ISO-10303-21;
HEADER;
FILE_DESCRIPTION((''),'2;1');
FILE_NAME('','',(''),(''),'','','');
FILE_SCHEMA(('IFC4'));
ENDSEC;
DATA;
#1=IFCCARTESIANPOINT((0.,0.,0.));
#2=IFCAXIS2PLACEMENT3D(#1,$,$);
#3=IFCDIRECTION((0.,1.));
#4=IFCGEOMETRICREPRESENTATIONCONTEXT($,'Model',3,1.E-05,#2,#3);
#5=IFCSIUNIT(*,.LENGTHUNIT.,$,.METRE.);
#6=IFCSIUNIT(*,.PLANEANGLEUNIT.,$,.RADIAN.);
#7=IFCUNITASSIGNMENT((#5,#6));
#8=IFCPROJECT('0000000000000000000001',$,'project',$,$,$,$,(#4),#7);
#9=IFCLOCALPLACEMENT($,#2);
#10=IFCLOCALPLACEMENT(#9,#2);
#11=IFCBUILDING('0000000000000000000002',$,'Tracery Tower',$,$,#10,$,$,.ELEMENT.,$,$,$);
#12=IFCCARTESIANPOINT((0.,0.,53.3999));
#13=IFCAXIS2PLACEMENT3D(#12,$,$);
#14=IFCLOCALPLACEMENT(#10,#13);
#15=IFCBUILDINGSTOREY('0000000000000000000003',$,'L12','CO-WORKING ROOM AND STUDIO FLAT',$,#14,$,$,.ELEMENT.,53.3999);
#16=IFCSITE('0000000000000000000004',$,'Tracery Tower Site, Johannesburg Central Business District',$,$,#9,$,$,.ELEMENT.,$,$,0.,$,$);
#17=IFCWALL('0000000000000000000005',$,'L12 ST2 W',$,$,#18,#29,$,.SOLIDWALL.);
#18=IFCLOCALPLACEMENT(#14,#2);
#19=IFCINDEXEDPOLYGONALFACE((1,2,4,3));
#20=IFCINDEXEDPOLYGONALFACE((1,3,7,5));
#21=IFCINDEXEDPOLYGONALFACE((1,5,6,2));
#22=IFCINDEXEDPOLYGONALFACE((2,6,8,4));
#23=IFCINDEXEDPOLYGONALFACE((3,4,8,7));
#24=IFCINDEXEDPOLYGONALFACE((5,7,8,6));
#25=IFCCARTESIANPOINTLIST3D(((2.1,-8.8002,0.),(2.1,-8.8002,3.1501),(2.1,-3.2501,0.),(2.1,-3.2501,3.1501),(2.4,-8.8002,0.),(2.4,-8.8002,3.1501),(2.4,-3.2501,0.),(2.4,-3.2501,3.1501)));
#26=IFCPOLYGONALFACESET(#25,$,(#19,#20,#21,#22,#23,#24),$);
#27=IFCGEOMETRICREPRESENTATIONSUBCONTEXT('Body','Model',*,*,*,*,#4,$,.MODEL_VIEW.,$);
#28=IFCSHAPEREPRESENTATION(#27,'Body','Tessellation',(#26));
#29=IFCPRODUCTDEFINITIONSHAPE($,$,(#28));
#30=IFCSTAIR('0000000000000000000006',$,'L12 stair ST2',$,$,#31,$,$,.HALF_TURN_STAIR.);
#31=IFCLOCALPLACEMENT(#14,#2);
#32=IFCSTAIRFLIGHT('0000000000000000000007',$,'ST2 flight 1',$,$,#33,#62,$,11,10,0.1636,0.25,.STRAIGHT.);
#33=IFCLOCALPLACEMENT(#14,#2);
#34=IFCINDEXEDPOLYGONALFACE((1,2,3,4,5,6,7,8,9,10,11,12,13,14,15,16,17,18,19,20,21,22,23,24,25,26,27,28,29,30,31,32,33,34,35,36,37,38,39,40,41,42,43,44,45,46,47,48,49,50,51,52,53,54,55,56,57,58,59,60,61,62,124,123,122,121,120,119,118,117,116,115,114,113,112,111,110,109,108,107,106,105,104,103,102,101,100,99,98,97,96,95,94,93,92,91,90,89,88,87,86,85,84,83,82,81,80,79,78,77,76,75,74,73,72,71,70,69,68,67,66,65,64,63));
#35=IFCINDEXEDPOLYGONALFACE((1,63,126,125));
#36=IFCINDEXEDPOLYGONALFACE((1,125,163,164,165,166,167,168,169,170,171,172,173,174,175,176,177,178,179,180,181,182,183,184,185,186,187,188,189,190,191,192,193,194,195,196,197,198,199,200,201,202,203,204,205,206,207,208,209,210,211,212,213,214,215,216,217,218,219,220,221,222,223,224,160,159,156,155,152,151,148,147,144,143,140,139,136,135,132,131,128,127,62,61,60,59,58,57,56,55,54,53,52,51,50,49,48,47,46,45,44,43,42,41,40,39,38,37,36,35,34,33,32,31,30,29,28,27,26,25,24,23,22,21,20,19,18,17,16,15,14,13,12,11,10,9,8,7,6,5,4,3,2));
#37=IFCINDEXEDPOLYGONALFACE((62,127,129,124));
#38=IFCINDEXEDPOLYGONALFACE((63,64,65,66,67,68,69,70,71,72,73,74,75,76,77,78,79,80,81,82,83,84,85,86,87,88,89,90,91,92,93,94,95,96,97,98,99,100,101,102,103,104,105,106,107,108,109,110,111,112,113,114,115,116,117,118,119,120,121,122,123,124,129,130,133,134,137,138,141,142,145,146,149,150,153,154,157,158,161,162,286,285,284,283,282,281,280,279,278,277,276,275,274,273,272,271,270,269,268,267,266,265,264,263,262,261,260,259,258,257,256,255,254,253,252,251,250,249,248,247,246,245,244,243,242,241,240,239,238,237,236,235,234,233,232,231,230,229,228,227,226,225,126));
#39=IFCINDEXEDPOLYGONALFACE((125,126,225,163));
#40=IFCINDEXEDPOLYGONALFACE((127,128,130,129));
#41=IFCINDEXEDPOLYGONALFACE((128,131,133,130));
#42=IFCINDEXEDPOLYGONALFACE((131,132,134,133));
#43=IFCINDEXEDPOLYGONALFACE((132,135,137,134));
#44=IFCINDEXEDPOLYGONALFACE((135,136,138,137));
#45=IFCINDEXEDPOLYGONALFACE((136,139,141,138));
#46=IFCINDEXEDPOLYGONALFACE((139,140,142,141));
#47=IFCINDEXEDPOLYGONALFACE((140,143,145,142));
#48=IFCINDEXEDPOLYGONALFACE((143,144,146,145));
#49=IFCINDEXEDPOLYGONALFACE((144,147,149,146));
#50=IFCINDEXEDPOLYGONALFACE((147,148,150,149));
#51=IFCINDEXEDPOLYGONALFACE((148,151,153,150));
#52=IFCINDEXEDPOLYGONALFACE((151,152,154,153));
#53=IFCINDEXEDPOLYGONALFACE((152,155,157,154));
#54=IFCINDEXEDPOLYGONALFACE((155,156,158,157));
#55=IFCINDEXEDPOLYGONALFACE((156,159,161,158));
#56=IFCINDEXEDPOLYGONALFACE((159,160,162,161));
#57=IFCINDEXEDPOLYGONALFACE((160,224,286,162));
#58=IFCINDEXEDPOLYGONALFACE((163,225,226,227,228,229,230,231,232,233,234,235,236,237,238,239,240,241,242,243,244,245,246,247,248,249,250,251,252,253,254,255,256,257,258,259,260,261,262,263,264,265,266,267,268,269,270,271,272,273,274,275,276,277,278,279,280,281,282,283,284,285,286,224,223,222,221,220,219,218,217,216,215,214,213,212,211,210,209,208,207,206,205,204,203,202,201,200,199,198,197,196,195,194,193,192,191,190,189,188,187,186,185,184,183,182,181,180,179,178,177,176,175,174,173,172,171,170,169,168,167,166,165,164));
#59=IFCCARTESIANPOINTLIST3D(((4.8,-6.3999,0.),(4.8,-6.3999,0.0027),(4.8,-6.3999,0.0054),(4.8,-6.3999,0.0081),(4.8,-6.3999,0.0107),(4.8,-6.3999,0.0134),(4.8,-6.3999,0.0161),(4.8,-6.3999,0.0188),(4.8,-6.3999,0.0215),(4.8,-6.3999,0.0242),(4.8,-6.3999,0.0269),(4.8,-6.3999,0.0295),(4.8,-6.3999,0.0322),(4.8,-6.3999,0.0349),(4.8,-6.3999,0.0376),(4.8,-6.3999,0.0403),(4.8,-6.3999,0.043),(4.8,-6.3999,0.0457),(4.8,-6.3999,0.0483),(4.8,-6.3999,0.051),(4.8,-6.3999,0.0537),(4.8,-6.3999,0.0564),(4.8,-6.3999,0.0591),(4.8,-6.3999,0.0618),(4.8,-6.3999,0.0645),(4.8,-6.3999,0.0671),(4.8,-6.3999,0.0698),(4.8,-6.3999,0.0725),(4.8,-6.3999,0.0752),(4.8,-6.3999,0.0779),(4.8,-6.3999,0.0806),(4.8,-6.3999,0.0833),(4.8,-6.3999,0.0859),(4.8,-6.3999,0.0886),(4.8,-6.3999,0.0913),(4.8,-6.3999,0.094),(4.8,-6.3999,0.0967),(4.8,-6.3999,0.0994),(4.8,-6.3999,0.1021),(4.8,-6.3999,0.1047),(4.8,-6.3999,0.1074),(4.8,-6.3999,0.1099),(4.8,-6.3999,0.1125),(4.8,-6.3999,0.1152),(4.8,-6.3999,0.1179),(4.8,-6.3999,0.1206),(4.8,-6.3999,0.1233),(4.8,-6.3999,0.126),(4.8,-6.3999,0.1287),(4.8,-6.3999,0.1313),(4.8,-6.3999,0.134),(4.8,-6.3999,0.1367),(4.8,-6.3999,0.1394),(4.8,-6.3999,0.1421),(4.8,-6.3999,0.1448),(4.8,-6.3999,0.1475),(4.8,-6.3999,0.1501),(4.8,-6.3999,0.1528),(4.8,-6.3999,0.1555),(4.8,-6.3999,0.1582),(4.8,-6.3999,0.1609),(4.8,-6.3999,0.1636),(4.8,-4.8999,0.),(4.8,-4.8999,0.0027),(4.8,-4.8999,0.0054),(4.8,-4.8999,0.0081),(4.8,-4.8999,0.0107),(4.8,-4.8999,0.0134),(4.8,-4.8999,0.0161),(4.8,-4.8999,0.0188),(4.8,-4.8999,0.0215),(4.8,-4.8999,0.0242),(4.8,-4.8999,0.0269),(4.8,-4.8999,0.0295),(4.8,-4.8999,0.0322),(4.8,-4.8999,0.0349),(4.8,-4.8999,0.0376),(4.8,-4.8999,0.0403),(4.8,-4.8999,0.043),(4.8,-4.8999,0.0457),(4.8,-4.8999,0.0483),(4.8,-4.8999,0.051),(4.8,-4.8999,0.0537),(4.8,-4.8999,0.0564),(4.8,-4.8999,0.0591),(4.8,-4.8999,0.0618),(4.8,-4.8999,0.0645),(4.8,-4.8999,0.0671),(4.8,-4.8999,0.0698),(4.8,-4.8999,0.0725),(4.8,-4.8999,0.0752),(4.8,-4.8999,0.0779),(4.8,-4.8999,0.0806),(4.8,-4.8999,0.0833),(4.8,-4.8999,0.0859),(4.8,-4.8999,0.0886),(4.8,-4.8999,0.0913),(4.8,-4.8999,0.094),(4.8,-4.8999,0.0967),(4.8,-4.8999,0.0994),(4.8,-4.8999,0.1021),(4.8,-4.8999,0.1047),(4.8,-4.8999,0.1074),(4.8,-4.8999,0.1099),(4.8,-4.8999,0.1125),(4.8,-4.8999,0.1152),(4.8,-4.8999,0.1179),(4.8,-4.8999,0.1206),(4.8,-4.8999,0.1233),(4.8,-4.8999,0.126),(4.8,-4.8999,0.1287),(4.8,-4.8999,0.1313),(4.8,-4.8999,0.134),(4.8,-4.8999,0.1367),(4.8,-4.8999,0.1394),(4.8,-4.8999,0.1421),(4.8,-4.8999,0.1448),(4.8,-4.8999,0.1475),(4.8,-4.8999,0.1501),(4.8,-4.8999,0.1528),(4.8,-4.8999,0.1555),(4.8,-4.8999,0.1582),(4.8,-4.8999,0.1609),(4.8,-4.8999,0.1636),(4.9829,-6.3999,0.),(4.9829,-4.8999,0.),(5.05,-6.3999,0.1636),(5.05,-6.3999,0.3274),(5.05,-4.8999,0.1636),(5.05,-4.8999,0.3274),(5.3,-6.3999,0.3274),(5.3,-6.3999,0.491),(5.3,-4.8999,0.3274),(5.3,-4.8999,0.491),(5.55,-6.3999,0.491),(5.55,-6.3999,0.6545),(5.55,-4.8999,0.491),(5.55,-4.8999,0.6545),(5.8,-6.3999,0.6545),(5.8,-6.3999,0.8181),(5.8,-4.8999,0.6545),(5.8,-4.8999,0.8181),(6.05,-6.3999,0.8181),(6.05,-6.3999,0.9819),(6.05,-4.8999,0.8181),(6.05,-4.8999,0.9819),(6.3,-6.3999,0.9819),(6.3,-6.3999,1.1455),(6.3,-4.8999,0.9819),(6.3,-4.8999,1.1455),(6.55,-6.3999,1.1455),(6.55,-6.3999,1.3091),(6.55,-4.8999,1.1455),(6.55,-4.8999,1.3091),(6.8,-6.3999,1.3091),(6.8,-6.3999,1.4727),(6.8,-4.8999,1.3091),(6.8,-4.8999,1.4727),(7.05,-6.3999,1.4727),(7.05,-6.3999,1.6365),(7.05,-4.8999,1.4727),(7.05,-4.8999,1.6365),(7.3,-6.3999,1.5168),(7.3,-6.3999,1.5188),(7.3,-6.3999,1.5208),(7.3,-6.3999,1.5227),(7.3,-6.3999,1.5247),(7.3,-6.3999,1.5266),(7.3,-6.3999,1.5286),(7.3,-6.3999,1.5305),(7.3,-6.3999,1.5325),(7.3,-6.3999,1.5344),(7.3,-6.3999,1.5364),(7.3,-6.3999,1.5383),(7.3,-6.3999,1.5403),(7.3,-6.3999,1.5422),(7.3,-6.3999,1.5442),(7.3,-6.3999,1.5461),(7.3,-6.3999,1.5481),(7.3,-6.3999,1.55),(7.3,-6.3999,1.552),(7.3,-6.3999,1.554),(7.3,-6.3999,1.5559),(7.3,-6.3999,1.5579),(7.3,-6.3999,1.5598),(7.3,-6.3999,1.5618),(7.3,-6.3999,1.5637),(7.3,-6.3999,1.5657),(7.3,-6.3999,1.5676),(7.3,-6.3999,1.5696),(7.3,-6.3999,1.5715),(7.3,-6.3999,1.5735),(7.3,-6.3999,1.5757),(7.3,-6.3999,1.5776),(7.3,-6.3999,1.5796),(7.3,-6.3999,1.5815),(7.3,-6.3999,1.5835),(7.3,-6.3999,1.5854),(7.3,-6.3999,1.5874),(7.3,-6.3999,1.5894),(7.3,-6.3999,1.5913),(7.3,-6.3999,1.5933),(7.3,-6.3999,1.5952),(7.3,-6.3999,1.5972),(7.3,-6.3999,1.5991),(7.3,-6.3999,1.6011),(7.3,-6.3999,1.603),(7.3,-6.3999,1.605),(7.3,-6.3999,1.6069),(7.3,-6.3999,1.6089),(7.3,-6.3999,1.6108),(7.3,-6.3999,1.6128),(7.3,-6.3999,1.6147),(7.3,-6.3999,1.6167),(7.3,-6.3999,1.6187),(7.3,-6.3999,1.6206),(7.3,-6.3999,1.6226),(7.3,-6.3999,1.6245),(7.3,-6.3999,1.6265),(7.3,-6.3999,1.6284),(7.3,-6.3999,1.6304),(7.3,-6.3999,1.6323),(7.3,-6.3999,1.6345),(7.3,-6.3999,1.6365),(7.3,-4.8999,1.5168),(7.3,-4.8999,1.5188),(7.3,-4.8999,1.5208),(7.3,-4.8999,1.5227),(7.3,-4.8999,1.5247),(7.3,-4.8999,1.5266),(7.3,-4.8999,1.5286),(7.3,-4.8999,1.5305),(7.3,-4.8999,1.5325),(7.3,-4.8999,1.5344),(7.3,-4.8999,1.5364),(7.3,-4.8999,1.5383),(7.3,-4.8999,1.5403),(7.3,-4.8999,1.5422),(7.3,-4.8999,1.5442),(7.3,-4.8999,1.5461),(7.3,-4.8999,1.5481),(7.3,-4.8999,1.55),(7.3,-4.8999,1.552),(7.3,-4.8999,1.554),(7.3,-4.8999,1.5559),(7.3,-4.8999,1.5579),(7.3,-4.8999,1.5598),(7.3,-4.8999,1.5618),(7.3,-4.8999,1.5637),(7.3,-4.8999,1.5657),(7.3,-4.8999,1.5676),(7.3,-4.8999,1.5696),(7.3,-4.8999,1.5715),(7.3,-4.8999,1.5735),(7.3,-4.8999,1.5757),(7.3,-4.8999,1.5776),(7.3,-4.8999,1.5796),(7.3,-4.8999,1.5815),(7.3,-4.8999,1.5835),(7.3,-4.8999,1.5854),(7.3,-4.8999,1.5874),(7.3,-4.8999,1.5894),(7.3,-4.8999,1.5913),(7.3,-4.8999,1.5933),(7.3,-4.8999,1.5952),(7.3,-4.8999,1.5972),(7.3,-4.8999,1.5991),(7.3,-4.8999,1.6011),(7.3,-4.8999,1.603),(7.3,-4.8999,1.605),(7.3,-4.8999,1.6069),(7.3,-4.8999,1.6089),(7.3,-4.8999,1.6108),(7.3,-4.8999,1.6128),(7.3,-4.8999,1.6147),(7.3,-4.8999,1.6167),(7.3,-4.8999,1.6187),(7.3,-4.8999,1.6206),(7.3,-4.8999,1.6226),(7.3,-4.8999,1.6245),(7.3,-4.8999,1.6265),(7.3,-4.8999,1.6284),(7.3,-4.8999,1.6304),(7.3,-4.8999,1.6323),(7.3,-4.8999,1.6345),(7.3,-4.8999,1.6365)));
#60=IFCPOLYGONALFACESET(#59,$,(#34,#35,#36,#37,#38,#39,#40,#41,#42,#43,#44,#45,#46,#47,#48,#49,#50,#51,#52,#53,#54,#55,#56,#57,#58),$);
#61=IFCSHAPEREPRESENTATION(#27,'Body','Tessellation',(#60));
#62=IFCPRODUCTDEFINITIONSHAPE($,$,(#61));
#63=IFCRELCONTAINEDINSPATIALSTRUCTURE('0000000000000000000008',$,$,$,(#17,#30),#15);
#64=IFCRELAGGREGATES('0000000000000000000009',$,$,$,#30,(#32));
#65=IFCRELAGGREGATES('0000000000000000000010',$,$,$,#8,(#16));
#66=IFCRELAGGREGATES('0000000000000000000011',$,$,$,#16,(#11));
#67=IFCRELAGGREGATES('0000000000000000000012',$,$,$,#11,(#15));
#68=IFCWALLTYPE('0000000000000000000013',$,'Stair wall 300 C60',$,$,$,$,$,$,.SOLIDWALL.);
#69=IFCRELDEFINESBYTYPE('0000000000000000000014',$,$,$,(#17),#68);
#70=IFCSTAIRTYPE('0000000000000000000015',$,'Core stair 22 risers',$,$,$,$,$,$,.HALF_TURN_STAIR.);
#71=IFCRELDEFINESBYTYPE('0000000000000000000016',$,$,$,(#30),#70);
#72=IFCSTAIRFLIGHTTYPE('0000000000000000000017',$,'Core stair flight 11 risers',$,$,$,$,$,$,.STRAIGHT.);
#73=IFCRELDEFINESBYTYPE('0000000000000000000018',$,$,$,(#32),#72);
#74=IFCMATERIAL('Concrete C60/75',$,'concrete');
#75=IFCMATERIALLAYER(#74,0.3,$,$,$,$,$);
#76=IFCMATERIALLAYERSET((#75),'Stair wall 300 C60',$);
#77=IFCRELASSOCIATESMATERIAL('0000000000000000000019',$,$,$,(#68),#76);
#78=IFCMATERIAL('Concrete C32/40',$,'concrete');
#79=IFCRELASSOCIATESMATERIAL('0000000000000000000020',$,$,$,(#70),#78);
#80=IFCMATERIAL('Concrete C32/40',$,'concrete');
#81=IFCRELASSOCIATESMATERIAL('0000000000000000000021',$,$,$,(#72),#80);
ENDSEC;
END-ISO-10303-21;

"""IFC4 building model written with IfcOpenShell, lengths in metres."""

from ifc_helpers import new_model, si_unit, direction, frame, frame_2d, origin, place, context, subcontext, project, spatial, polyline, rectangle, outline, extrude, material, layer, layer_set, type_object, element, aggregate, save


model = new_model("IFC4")

# Units and contexts
model_context = context("Model", 3, precision=1e-05, world=origin(), true_north=direction((0.0, 1.0)))
body_context = subcontext(model_context, "Body", "Model", "MODEL_VIEW")
ifc_project = project(units=[si_unit("LENGTHUNIT", "METRE"), si_unit("PLANEANGLEUNIT", "RADIAN")], contexts=[model_context])

# Site, building, storey
site_placement = place(None, origin())
site = spatial("IfcSite", under=ifc_project, at=site_placement, Name="Tracery Tower Site, Johannesburg Central Business District", CompositionType="ELEMENT", RefElevation=0.0)
building_placement = place(site_placement, origin())
building = spatial("IfcBuilding", under=site, at=building_placement, Name="Tracery Tower", CompositionType="ELEMENT")
storey_placement = place(building_placement, frame((0.0, 0.0, 53.3999)))
storey = spatial("IfcBuildingStorey", under=building, at=storey_placement, Name="L12", Description="CO-WORKING ROOM AND STUDIO FLAT", CompositionType="ELEMENT", Elevation=53.3999)

# Shared definitions
ifc_material_1 = material(Name="Concrete C60/75", Category="concrete")
ifc_layer_1 = layer(ifc_material_1, 0.3)
ifc_layer_set_1 = layer_set([ifc_layer_1], Name="Stair wall 300 C60")
wall_type_1 = type_object("IfcWallType", Name="Stair wall 300 C60", PredefinedType="SOLIDWALL", material=ifc_layer_set_1)

# Wall
wall_1_placement = place(storey_placement, frame((2.25, -8.8, 0.0), z_axis=(0.0, 0.0, 1.0), x_axis=(0.0, 1.0, 0.0)))
element("IfcWall", 1, at=wall_1_placement, inside=storey, type_object=wall_type_1, Name="L12 ST2 W", PredefinedType="SOLIDWALL", context=body_context, shape_type="SweptSolid", body=[
    extrude(rectangle(XDim=5.55, YDim=0.3, at=frame_2d((2.7749, 0.0))), origin(), (0.0, 0.0, 1.0), 3.1501),
])

# Stair, stair flight
ifc_material_2 = material(Name="Concrete C32/40", Category="concrete")
stair_type = type_object("IfcStairType", Name="Core stair 22 risers", PredefinedType="HALF_TURN_STAIR", material=ifc_material_2)
stair_placement = place(storey_placement, origin())
stair = element("IfcStair", 2, at=stair_placement, inside=storey, type_object=stair_type, Name="L12 stair ST2", PredefinedType="HALF_TURN_STAIR")
ifc_material_3 = material(Name="Concrete C32/40", Category="concrete")
stair_flight_type = type_object("IfcStairFlightType", Name="Core stair flight 11 risers", PredefinedType="STRAIGHT", material=ifc_material_3)
stair_flight_1_placement = place(storey_placement, frame((4.8, -5.6499, 0.0), z_axis=(0.0, 0.0, 1.0), x_axis=(1.0, 0.0, 0.0)))
stair_flight_1 = element("IfcStairFlight", 3, at=stair_flight_1_placement, type_object=stair_flight_type, Name="ST2 flight 1", NumberOfRisers=11, NumberOfTreads=10, PredefinedType="STRAIGHT", RiserHeight=0.1636, TreadLength=0.25, context=body_context, shape_type="SweptSolid", body=[
    extrude(outline(polyline([(0.0, 0.0), (0.0, 0.0027), (0.0, 0.0054), (0.0, 0.0081), (0.0, 0.0107), (0.0, 0.0134), (0.0, 0.0161), (0.0, 0.0188), (0.0, 0.0215), (0.0, 0.0242), (0.0, 0.0269), (0.0, 0.0295), (0.0, 0.0322), (0.0, 0.0349), (0.0, 0.0376), (0.0, 0.0403), (0.0, 0.043), (0.0, 0.0457), (0.0, 0.0483), (0.0, 0.051), (0.0, 0.0537), (0.0, 0.0564), (0.0, 0.0591), (0.0, 0.0618), (0.0, 0.0645), (0.0, 0.0671), (0.0, 0.0698), (0.0, 0.0725), (0.0, 0.0752), (0.0, 0.0779), (0.0, 0.0806), (0.0, 0.0833), (0.0, 0.0859), (0.0, 0.0886), (0.0, 0.0913), (0.0, 0.094), (0.0, 0.0967), (0.0, 0.0994), (0.0, 0.1021), (0.0, 0.1047), (0.0, 0.1074), (0.0, 0.1099), (0.0, 0.1125), (0.0, 0.1152), (0.0, 0.1179), (0.0, 0.1206), (0.0, 0.1233), (0.0, 0.126), (0.0, 0.1287), (0.0, 0.1313), (0.0, 0.134), (0.0, 0.1367), (0.0, 0.1394), (0.0, 0.1421), (0.0, 0.1448), (0.0, 0.1475), (0.0, 0.1501), (0.0, 0.1528), (0.0, 0.1555), (0.0, 0.1582), (0.0, 0.1609), (0.0, 0.1636), (0.25, 0.1636), (0.25, 0.3274), (0.5, 0.3274), (0.5, 0.491), (0.75, 0.491), (0.75, 0.6545), (1.0, 0.6545), (1.0, 0.8181), (1.25, 0.8181), (1.25, 0.9819), (1.5, 0.9819), (1.5, 1.1455), (1.75, 1.1455), (1.75, 1.3091), (2.0, 1.3091), (2.0, 1.4727), (2.25, 1.4727), (2.25, 1.6365), (2.5, 1.6365), (2.5, 1.6345), (2.5, 1.6323), (2.5, 1.6304), (2.5, 1.6284), (2.5, 1.6265), (2.5, 1.6245), (2.5, 1.6226), (2.5, 1.6206), (2.5, 1.6187), (2.5, 1.6167), (2.5, 1.6147), (2.5, 1.6128), (2.5, 1.6108), (2.5, 1.6089), (2.5, 1.6069), (2.5, 1.605), (2.5, 1.603), (2.5, 1.6011), (2.5, 1.5991), (2.5, 1.5972), (2.5, 1.5952), (2.5, 1.5933), (2.5, 1.5913), (2.5, 1.5894), (2.5, 1.5874), (2.5, 1.5854), (2.5, 1.5835), (2.5, 1.5815), (2.5, 1.5796), (2.5, 1.5776), (2.5, 1.5757), (2.5, 1.5735), (2.5, 1.5715), (2.5, 1.5696), (2.5, 1.5676), (2.5, 1.5657), (2.5, 1.5637), (2.5, 1.5618), (2.5, 1.5598), (2.5, 1.5579), (2.5, 1.5559), (2.5, 1.554), (2.5, 1.552), (2.5, 1.55), (2.5, 1.5481), (2.5, 1.5461), (2.5, 1.5442), (2.5, 1.5422), (2.5, 1.5403), (2.5, 1.5383), (2.5, 1.5364), (2.5, 1.5344), (2.5, 1.5325), (2.5, 1.5305), (2.5, 1.5286), (2.5, 1.5266), (2.5, 1.5247), (2.5, 1.5227), (2.5, 1.5208), (2.5, 1.5188), (2.5, 1.5168), (0.1829, 0.0), (0.0, 0.0)])), frame((0.0, 0.75, 0.0), z_axis=(0.0, -1.0, 0.0), x_axis=(1.0, 0.0, 0.0)), (0.0, 0.0, 1.0), 1.5),
])
aggregate(stair, [stair_flight_1])

save(model, "model.ifc")
